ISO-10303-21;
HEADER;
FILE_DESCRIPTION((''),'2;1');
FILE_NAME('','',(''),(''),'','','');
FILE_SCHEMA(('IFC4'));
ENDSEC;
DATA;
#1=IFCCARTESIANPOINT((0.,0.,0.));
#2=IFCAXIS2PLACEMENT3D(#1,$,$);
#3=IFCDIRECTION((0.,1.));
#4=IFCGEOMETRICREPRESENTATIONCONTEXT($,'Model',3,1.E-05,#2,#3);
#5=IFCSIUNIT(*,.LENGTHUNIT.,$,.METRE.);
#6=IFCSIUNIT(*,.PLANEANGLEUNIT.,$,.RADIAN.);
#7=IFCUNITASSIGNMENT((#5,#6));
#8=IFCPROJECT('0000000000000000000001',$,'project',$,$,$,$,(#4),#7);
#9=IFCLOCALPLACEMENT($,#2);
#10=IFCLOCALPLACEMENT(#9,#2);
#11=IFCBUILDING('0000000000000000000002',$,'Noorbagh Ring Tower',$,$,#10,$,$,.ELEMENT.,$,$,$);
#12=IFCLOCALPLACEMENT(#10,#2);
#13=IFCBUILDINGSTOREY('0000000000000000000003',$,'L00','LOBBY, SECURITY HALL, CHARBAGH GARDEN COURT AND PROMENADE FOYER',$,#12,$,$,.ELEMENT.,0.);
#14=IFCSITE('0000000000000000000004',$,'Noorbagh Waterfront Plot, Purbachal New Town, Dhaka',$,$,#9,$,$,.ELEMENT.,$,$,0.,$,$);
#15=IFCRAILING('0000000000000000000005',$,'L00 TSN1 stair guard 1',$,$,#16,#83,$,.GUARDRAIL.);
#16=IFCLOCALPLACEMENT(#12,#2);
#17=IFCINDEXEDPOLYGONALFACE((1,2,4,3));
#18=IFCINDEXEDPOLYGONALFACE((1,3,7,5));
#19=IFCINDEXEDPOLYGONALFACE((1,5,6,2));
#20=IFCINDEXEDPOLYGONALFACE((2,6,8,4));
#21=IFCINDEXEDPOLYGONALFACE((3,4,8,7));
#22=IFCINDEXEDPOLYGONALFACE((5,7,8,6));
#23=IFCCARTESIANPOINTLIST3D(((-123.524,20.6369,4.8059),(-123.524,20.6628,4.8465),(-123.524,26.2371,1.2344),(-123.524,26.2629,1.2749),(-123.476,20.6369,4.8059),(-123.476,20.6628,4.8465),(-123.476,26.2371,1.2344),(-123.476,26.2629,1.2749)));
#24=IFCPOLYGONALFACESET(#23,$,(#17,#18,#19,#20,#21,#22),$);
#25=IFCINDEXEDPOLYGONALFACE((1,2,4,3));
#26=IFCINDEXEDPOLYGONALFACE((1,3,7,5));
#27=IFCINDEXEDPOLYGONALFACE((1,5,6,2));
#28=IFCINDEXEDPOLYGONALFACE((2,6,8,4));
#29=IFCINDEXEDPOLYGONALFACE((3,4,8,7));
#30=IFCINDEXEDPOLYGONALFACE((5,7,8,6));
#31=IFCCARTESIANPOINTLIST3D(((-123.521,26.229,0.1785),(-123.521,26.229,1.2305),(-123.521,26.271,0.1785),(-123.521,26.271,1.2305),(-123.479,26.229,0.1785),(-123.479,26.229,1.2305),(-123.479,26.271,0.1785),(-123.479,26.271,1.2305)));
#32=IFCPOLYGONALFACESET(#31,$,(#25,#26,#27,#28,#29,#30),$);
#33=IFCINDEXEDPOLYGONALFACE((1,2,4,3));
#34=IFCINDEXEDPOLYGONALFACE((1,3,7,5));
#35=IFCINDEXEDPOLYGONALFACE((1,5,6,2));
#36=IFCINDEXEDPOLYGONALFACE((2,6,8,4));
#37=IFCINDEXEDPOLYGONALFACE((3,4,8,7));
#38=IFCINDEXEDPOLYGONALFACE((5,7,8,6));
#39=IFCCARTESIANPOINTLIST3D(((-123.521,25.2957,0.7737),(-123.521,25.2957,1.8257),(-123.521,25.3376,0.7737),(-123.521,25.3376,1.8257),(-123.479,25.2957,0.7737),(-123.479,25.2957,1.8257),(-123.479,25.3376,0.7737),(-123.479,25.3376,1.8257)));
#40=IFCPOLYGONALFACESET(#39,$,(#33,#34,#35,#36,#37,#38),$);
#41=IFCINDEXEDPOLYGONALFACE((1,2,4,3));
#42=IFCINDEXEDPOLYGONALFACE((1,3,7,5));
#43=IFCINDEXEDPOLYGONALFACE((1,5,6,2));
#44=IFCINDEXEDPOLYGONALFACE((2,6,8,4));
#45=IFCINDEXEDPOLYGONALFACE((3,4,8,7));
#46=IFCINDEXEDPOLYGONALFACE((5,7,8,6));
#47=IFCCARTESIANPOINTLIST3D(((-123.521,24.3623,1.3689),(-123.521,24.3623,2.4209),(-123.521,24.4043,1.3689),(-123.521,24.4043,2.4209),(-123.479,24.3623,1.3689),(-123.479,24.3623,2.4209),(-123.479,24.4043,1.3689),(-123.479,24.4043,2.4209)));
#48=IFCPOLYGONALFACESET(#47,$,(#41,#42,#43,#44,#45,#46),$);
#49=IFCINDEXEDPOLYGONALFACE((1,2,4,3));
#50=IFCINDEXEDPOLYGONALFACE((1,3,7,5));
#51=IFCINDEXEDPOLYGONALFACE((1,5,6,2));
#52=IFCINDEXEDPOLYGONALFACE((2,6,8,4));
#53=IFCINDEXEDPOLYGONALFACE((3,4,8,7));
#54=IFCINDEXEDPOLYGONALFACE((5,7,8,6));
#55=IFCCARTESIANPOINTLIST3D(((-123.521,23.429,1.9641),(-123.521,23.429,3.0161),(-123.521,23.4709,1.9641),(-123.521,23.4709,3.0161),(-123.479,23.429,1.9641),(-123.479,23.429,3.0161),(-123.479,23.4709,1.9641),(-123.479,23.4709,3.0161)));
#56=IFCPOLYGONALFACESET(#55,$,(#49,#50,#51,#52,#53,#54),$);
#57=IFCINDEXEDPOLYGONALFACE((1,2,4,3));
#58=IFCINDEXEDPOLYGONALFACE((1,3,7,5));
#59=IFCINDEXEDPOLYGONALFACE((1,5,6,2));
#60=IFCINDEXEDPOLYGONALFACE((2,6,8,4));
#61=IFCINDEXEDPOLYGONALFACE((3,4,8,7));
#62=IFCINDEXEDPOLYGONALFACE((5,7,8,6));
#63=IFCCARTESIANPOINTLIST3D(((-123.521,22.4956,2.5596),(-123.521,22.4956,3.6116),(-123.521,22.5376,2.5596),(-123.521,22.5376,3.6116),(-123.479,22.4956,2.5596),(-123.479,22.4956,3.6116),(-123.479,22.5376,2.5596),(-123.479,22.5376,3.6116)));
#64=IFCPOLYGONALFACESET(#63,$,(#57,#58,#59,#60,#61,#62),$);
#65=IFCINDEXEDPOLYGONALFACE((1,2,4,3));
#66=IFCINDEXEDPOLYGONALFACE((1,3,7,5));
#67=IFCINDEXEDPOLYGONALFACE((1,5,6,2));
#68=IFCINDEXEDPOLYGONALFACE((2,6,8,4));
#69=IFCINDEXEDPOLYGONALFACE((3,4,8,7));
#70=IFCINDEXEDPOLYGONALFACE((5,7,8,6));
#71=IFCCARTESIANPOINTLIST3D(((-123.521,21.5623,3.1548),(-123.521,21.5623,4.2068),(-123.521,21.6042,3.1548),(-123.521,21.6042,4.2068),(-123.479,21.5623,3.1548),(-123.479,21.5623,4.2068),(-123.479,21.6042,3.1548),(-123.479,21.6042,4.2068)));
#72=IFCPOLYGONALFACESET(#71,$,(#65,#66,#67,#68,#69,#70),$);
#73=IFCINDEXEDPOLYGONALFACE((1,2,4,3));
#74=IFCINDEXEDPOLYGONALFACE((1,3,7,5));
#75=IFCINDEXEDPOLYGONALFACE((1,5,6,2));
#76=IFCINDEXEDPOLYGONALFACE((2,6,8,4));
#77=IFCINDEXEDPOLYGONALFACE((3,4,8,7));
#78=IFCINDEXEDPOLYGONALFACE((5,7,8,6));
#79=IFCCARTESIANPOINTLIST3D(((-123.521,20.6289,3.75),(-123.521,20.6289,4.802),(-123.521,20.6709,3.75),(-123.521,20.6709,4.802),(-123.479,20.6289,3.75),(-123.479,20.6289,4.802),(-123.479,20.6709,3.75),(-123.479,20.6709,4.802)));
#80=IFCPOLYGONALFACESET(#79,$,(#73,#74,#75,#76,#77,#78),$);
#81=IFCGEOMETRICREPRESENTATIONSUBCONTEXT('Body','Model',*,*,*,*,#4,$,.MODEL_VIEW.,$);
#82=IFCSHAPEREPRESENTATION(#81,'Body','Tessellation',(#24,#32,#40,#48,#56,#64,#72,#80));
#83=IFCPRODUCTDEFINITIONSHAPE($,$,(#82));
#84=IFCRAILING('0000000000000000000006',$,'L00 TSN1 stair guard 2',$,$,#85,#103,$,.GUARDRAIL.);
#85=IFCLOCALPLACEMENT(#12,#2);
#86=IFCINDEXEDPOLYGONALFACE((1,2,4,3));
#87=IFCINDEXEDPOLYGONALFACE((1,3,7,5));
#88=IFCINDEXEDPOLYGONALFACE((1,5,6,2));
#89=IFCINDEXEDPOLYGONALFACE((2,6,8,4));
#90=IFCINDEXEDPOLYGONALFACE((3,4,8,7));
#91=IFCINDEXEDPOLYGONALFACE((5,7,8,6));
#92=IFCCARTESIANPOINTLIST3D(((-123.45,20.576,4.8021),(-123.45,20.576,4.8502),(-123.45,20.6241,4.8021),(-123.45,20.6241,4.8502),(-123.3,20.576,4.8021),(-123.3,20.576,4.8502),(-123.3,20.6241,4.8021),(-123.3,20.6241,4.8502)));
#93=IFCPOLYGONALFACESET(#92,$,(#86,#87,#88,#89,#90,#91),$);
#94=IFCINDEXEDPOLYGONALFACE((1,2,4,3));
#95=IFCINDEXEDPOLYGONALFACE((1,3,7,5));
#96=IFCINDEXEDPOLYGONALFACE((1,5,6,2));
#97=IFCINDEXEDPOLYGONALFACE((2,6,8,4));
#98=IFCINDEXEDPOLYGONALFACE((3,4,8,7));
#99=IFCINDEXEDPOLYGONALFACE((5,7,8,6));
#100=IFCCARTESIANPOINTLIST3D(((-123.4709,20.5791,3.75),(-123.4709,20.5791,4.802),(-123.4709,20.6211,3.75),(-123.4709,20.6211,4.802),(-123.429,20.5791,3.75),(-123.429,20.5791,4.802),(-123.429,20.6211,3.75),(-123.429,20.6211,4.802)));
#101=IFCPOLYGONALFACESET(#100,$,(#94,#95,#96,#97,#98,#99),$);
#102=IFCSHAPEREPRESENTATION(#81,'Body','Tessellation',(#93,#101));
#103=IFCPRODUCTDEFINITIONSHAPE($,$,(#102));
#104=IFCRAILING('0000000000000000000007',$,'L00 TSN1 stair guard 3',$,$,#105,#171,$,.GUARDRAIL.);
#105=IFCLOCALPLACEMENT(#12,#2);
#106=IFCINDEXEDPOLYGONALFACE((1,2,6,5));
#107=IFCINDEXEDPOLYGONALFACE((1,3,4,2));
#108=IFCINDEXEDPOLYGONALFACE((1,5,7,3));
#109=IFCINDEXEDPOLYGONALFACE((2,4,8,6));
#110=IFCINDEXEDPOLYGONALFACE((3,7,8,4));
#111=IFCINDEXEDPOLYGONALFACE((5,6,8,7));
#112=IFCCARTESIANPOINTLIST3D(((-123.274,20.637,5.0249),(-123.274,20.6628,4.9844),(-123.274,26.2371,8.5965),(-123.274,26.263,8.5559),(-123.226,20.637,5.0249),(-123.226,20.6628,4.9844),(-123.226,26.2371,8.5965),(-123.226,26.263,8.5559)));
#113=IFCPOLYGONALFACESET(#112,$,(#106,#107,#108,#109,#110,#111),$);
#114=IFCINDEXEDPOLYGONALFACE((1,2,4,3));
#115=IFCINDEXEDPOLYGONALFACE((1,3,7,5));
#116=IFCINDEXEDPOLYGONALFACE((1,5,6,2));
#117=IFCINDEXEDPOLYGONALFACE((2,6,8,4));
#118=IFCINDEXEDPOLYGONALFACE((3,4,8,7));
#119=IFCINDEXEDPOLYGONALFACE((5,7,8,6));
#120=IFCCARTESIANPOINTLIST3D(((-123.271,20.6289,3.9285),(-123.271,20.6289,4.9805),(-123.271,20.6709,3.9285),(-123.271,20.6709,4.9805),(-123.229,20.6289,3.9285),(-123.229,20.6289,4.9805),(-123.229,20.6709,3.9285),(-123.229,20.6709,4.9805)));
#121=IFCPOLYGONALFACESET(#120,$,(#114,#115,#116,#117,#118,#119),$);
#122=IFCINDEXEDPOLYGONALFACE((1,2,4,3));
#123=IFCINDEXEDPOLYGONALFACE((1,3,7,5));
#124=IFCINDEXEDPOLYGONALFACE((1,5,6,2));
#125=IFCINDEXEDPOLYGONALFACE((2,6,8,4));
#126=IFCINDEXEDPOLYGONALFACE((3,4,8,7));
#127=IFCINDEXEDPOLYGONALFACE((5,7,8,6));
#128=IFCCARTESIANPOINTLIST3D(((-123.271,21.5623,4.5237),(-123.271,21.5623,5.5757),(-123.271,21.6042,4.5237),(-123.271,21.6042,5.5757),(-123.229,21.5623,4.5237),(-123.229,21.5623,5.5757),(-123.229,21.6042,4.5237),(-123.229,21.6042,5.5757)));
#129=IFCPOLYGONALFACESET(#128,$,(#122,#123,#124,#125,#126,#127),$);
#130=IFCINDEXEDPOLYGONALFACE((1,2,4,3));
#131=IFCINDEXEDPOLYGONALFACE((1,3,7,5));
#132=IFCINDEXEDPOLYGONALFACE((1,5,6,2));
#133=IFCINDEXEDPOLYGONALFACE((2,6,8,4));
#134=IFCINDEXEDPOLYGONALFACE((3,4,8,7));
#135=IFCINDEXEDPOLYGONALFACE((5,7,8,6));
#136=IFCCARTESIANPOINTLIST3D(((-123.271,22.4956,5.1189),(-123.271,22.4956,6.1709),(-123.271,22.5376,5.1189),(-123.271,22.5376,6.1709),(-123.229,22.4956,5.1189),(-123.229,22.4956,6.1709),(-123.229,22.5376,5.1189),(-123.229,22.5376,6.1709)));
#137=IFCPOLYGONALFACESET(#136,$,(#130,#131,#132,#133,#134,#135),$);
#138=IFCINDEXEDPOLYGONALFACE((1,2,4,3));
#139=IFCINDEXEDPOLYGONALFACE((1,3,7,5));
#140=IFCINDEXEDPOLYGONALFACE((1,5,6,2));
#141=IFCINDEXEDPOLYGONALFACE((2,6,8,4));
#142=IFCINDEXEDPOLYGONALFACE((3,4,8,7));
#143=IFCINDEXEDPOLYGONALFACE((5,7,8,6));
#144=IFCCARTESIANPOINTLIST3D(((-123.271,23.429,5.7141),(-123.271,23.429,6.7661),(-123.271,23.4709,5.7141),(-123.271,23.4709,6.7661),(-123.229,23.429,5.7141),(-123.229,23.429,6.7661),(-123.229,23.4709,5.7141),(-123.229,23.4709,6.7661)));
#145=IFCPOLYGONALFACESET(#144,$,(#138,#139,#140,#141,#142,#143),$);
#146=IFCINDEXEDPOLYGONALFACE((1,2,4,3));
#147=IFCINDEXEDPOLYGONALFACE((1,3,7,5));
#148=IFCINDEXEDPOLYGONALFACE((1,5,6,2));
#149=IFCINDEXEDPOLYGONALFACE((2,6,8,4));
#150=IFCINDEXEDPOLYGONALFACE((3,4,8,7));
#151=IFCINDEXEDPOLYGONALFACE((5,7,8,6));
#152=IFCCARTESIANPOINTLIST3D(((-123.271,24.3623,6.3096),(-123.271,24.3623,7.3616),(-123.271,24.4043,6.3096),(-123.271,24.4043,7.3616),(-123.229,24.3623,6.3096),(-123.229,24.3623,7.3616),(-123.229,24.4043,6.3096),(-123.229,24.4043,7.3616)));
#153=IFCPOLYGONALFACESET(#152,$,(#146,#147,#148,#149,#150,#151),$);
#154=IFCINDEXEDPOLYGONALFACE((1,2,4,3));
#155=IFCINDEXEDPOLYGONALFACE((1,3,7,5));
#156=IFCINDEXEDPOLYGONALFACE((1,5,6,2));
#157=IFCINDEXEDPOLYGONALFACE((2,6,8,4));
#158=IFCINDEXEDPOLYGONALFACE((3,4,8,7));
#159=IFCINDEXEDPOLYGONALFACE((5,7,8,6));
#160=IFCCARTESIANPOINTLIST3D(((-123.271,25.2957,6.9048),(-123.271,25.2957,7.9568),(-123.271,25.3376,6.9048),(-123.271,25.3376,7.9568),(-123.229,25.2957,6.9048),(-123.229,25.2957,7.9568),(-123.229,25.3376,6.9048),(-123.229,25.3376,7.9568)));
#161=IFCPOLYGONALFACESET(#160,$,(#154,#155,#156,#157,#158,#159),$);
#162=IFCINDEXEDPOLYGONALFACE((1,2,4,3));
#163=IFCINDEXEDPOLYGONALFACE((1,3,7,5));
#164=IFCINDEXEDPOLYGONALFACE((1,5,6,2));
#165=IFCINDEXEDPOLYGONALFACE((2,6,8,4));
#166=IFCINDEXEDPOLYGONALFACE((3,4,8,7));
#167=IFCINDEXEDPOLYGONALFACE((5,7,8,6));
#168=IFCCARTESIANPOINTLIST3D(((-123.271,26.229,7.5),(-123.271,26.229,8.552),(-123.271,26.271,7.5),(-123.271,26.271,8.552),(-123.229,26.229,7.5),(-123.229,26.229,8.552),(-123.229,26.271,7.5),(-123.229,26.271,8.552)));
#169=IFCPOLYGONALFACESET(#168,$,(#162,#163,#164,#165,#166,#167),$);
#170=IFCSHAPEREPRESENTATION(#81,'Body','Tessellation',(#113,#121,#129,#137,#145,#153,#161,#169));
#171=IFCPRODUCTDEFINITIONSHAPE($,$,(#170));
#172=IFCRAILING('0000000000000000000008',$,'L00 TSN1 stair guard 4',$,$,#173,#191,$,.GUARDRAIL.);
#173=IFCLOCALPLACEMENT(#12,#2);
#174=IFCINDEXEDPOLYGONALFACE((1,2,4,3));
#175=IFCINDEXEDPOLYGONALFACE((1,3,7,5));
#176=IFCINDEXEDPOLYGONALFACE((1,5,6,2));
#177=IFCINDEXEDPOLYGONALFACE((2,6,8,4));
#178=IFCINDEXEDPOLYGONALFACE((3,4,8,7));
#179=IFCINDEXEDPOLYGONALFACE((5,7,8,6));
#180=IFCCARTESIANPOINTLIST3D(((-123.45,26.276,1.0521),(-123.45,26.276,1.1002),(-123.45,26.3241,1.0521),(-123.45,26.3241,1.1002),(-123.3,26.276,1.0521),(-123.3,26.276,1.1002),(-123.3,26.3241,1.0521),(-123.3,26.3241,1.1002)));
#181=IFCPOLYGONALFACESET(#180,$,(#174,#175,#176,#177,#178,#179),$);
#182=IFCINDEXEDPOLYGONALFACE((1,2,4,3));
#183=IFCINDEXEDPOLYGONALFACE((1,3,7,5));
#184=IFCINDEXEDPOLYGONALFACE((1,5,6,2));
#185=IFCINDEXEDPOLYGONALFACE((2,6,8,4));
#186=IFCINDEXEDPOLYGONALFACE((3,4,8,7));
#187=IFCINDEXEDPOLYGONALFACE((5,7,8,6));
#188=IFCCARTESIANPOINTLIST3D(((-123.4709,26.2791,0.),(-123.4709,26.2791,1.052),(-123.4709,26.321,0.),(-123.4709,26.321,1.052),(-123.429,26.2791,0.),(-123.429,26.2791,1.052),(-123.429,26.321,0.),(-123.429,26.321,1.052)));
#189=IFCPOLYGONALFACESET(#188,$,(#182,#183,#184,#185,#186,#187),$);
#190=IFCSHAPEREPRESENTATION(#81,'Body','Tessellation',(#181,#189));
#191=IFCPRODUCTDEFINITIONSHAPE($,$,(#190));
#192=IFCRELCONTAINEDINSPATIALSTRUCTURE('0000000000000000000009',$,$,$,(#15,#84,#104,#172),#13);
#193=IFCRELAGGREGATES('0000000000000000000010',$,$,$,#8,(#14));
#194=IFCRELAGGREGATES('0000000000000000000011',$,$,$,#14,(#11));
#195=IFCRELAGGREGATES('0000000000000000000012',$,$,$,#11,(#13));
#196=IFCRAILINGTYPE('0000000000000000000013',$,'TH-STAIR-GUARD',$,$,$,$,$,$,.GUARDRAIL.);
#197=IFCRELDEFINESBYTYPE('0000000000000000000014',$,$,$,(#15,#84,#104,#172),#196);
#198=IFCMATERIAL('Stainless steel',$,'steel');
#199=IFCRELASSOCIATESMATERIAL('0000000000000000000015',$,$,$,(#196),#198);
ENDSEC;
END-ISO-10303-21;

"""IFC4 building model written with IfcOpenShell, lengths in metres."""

from ifc_helpers import new_model, si_unit, direction, frame, origin, origin_2d, place, context, subcontext, project, spatial, rectangle, extrude, material, type_object, element, save


model = new_model("IFC4")

# Units and contexts
model_context = context("Model", 3, precision=1e-05, world=origin(), true_north=direction((0.0, 1.0)))
body_context = subcontext(model_context, "Body", "Model", "MODEL_VIEW")
ifc_project = project(units=[si_unit("LENGTHUNIT", "METRE"), si_unit("PLANEANGLEUNIT", "RADIAN")], contexts=[model_context])

# Site, building, storey
site_placement = place(None, origin())
site = spatial("IfcSite", under=ifc_project, at=site_placement, Name="Noorbagh Waterfront Plot, Purbachal New Town, Dhaka", CompositionType="ELEMENT", RefElevation=0.0)
building_placement = place(site_placement, origin())
building = spatial("IfcBuilding", under=site, at=building_placement, Name="Noorbagh Ring Tower", CompositionType="ELEMENT")
storey_placement = place(building_placement, origin())
storey = spatial("IfcBuildingStorey", under=building, at=storey_placement, Name="L00", Description="LOBBY, SECURITY HALL, CHARBAGH GARDEN COURT AND PROMENADE FOYER", CompositionType="ELEMENT", Elevation=0.0)

# Railings
ifc_material_1 = material(Name="Stainless steel", Category="steel")
railing_type_1 = type_object("IfcRailingType", Name="TH-STAIR-GUARD", PredefinedType="GUARDRAIL", material=ifc_material_1)
railing_1_placement = place(storey_placement, frame((-123.5, 26.25, 0.1785)))
element("IfcRailing", 1, at=railing_1_placement, inside=storey, type_object=railing_type_1, Name="L00 TSN1 stair guard 1", PredefinedType="GUARDRAIL", context=body_context, shape_type="SweptSolid", body=[
    extrude(rectangle(XDim=0.0481, YDim=0.0481, at=origin_2d()), frame((0.0, 0.0, 1.0762), z_axis=(0.0, -0.843127, 0.537715), x_axis=(1.0, 0.0, 0.0)), (0.0, 0.0, 1.0), 6.6421),
    extrude(rectangle(XDim=0.042, YDim=0.042, at=origin_2d()), origin(), (0.0, 0.0, 1.0), 1.052),
    extrude(rectangle(XDim=0.042, YDim=0.042, at=origin_2d()), frame((0.0, -0.9333, 0.5952)), (0.0, 0.0, 1.0), 1.052),
    extrude(rectangle(XDim=0.042, YDim=0.042, at=origin_2d()), frame((0.0, -1.8667, 1.1904)), (0.0, 0.0, 1.0), 1.052),
    extrude(rectangle(XDim=0.042, YDim=0.042, at=origin_2d()), frame((0.0, -2.8, 1.7856)), (0.0, 0.0, 1.0), 1.052),
    extrude(rectangle(XDim=0.042, YDim=0.042, at=origin_2d()), frame((0.0, -3.7334, 2.3811)), (0.0, 0.0, 1.0), 1.052),
    extrude(rectangle(XDim=0.042, YDim=0.042, at=origin_2d()), frame((0.0, -4.6667, 2.9763)), (0.0, 0.0, 1.0), 1.052),
    extrude(rectangle(XDim=0.042, YDim=0.042, at=origin_2d()), frame((0.0, -5.6001, 3.5715)), (0.0, 0.0, 1.0), 1.052),
])
railing_2_placement = place(storey_placement, frame((-123.45, 20.6001, 3.75)))
element("IfcRailing", 2, at=railing_2_placement, inside=storey, type_object=railing_type_1, Name="L00 TSN1 stair guard 2", PredefinedType="GUARDRAIL", context=body_context, shape_type="SweptSolid", body=[
    extrude(rectangle(XDim=0.0481, YDim=0.0481, at=origin_2d()), frame((0.0, 0.0, 1.0762), z_axis=(1.0, 0.0, 0.0), x_axis=(0.0, 1.0, 0.0)), (0.0, 0.0, 1.0), 0.1499),
    extrude(rectangle(XDim=0.042, YDim=0.042, at=origin_2d()), origin(), (0.0, 0.0, 1.0), 1.052),
])
railing_3_placement = place(storey_placement, frame((-123.25, 20.6499, 3.9285)))
element("IfcRailing", 3, at=railing_3_placement, inside=storey, type_object=railing_type_1, Name="L00 TSN1 stair guard 3", PredefinedType="GUARDRAIL", context=body_context, shape_type="SweptSolid", body=[
    extrude(rectangle(XDim=0.0481, YDim=0.0481, at=origin_2d()), frame((0.0, 0.0, 1.0762), z_axis=(0.0, 0.843127, 0.537715), x_axis=(-1.0, 0.0, 0.0)), (0.0, 0.0, 1.0), 6.6421),
    extrude(rectangle(XDim=0.042, YDim=0.042, at=origin_2d()), origin(), (0.0, 0.0, 1.0), 1.052),
    extrude(rectangle(XDim=0.042, YDim=0.042, at=origin_2d()), frame((0.0, 0.9333, 0.5952)), (0.0, 0.0, 1.0), 1.052),
    extrude(rectangle(XDim=0.042, YDim=0.042, at=origin_2d()), frame((0.0, 1.8667, 1.1904)), (0.0, 0.0, 1.0), 1.052),
    extrude(rectangle(XDim=0.042, YDim=0.042, at=origin_2d()), frame((0.0, 2.8, 1.7856)), (0.0, 0.0, 1.0), 1.052),
    extrude(rectangle(XDim=0.042, YDim=0.042, at=origin_2d()), frame((0.0, 3.7334, 2.3811)), (0.0, 0.0, 1.0), 1.052),
    extrude(rectangle(XDim=0.042, YDim=0.042, at=origin_2d()), frame((0.0, 4.6667, 2.9763)), (0.0, 0.0, 1.0), 1.052),
    extrude(rectangle(XDim=0.042, YDim=0.042, at=origin_2d()), frame((0.0, 5.6001, 3.5715)), (0.0, 0.0, 1.0), 1.052),
])
railing_4_placement = place(storey_placement, frame((-123.45, 26.3, 0.0)))
element("IfcRailing", 4, at=railing_4_placement, inside=storey, type_object=railing_type_1, Name="L00 TSN1 stair guard 4", PredefinedType="GUARDRAIL", context=body_context, shape_type="SweptSolid", body=[
    extrude(rectangle(XDim=0.0481, YDim=0.0481, at=origin_2d()), frame((0.0, 0.0, 1.0762), z_axis=(1.0, 0.0, 0.0), x_axis=(0.0, 1.0, 0.0)), (0.0, 0.0, 1.0), 0.1499),
    extrude(rectangle(XDim=0.042, YDim=0.042, at=origin_2d()), origin(), (0.0, 0.0, 1.0), 1.052),
])

save(model, "model.ifc")
